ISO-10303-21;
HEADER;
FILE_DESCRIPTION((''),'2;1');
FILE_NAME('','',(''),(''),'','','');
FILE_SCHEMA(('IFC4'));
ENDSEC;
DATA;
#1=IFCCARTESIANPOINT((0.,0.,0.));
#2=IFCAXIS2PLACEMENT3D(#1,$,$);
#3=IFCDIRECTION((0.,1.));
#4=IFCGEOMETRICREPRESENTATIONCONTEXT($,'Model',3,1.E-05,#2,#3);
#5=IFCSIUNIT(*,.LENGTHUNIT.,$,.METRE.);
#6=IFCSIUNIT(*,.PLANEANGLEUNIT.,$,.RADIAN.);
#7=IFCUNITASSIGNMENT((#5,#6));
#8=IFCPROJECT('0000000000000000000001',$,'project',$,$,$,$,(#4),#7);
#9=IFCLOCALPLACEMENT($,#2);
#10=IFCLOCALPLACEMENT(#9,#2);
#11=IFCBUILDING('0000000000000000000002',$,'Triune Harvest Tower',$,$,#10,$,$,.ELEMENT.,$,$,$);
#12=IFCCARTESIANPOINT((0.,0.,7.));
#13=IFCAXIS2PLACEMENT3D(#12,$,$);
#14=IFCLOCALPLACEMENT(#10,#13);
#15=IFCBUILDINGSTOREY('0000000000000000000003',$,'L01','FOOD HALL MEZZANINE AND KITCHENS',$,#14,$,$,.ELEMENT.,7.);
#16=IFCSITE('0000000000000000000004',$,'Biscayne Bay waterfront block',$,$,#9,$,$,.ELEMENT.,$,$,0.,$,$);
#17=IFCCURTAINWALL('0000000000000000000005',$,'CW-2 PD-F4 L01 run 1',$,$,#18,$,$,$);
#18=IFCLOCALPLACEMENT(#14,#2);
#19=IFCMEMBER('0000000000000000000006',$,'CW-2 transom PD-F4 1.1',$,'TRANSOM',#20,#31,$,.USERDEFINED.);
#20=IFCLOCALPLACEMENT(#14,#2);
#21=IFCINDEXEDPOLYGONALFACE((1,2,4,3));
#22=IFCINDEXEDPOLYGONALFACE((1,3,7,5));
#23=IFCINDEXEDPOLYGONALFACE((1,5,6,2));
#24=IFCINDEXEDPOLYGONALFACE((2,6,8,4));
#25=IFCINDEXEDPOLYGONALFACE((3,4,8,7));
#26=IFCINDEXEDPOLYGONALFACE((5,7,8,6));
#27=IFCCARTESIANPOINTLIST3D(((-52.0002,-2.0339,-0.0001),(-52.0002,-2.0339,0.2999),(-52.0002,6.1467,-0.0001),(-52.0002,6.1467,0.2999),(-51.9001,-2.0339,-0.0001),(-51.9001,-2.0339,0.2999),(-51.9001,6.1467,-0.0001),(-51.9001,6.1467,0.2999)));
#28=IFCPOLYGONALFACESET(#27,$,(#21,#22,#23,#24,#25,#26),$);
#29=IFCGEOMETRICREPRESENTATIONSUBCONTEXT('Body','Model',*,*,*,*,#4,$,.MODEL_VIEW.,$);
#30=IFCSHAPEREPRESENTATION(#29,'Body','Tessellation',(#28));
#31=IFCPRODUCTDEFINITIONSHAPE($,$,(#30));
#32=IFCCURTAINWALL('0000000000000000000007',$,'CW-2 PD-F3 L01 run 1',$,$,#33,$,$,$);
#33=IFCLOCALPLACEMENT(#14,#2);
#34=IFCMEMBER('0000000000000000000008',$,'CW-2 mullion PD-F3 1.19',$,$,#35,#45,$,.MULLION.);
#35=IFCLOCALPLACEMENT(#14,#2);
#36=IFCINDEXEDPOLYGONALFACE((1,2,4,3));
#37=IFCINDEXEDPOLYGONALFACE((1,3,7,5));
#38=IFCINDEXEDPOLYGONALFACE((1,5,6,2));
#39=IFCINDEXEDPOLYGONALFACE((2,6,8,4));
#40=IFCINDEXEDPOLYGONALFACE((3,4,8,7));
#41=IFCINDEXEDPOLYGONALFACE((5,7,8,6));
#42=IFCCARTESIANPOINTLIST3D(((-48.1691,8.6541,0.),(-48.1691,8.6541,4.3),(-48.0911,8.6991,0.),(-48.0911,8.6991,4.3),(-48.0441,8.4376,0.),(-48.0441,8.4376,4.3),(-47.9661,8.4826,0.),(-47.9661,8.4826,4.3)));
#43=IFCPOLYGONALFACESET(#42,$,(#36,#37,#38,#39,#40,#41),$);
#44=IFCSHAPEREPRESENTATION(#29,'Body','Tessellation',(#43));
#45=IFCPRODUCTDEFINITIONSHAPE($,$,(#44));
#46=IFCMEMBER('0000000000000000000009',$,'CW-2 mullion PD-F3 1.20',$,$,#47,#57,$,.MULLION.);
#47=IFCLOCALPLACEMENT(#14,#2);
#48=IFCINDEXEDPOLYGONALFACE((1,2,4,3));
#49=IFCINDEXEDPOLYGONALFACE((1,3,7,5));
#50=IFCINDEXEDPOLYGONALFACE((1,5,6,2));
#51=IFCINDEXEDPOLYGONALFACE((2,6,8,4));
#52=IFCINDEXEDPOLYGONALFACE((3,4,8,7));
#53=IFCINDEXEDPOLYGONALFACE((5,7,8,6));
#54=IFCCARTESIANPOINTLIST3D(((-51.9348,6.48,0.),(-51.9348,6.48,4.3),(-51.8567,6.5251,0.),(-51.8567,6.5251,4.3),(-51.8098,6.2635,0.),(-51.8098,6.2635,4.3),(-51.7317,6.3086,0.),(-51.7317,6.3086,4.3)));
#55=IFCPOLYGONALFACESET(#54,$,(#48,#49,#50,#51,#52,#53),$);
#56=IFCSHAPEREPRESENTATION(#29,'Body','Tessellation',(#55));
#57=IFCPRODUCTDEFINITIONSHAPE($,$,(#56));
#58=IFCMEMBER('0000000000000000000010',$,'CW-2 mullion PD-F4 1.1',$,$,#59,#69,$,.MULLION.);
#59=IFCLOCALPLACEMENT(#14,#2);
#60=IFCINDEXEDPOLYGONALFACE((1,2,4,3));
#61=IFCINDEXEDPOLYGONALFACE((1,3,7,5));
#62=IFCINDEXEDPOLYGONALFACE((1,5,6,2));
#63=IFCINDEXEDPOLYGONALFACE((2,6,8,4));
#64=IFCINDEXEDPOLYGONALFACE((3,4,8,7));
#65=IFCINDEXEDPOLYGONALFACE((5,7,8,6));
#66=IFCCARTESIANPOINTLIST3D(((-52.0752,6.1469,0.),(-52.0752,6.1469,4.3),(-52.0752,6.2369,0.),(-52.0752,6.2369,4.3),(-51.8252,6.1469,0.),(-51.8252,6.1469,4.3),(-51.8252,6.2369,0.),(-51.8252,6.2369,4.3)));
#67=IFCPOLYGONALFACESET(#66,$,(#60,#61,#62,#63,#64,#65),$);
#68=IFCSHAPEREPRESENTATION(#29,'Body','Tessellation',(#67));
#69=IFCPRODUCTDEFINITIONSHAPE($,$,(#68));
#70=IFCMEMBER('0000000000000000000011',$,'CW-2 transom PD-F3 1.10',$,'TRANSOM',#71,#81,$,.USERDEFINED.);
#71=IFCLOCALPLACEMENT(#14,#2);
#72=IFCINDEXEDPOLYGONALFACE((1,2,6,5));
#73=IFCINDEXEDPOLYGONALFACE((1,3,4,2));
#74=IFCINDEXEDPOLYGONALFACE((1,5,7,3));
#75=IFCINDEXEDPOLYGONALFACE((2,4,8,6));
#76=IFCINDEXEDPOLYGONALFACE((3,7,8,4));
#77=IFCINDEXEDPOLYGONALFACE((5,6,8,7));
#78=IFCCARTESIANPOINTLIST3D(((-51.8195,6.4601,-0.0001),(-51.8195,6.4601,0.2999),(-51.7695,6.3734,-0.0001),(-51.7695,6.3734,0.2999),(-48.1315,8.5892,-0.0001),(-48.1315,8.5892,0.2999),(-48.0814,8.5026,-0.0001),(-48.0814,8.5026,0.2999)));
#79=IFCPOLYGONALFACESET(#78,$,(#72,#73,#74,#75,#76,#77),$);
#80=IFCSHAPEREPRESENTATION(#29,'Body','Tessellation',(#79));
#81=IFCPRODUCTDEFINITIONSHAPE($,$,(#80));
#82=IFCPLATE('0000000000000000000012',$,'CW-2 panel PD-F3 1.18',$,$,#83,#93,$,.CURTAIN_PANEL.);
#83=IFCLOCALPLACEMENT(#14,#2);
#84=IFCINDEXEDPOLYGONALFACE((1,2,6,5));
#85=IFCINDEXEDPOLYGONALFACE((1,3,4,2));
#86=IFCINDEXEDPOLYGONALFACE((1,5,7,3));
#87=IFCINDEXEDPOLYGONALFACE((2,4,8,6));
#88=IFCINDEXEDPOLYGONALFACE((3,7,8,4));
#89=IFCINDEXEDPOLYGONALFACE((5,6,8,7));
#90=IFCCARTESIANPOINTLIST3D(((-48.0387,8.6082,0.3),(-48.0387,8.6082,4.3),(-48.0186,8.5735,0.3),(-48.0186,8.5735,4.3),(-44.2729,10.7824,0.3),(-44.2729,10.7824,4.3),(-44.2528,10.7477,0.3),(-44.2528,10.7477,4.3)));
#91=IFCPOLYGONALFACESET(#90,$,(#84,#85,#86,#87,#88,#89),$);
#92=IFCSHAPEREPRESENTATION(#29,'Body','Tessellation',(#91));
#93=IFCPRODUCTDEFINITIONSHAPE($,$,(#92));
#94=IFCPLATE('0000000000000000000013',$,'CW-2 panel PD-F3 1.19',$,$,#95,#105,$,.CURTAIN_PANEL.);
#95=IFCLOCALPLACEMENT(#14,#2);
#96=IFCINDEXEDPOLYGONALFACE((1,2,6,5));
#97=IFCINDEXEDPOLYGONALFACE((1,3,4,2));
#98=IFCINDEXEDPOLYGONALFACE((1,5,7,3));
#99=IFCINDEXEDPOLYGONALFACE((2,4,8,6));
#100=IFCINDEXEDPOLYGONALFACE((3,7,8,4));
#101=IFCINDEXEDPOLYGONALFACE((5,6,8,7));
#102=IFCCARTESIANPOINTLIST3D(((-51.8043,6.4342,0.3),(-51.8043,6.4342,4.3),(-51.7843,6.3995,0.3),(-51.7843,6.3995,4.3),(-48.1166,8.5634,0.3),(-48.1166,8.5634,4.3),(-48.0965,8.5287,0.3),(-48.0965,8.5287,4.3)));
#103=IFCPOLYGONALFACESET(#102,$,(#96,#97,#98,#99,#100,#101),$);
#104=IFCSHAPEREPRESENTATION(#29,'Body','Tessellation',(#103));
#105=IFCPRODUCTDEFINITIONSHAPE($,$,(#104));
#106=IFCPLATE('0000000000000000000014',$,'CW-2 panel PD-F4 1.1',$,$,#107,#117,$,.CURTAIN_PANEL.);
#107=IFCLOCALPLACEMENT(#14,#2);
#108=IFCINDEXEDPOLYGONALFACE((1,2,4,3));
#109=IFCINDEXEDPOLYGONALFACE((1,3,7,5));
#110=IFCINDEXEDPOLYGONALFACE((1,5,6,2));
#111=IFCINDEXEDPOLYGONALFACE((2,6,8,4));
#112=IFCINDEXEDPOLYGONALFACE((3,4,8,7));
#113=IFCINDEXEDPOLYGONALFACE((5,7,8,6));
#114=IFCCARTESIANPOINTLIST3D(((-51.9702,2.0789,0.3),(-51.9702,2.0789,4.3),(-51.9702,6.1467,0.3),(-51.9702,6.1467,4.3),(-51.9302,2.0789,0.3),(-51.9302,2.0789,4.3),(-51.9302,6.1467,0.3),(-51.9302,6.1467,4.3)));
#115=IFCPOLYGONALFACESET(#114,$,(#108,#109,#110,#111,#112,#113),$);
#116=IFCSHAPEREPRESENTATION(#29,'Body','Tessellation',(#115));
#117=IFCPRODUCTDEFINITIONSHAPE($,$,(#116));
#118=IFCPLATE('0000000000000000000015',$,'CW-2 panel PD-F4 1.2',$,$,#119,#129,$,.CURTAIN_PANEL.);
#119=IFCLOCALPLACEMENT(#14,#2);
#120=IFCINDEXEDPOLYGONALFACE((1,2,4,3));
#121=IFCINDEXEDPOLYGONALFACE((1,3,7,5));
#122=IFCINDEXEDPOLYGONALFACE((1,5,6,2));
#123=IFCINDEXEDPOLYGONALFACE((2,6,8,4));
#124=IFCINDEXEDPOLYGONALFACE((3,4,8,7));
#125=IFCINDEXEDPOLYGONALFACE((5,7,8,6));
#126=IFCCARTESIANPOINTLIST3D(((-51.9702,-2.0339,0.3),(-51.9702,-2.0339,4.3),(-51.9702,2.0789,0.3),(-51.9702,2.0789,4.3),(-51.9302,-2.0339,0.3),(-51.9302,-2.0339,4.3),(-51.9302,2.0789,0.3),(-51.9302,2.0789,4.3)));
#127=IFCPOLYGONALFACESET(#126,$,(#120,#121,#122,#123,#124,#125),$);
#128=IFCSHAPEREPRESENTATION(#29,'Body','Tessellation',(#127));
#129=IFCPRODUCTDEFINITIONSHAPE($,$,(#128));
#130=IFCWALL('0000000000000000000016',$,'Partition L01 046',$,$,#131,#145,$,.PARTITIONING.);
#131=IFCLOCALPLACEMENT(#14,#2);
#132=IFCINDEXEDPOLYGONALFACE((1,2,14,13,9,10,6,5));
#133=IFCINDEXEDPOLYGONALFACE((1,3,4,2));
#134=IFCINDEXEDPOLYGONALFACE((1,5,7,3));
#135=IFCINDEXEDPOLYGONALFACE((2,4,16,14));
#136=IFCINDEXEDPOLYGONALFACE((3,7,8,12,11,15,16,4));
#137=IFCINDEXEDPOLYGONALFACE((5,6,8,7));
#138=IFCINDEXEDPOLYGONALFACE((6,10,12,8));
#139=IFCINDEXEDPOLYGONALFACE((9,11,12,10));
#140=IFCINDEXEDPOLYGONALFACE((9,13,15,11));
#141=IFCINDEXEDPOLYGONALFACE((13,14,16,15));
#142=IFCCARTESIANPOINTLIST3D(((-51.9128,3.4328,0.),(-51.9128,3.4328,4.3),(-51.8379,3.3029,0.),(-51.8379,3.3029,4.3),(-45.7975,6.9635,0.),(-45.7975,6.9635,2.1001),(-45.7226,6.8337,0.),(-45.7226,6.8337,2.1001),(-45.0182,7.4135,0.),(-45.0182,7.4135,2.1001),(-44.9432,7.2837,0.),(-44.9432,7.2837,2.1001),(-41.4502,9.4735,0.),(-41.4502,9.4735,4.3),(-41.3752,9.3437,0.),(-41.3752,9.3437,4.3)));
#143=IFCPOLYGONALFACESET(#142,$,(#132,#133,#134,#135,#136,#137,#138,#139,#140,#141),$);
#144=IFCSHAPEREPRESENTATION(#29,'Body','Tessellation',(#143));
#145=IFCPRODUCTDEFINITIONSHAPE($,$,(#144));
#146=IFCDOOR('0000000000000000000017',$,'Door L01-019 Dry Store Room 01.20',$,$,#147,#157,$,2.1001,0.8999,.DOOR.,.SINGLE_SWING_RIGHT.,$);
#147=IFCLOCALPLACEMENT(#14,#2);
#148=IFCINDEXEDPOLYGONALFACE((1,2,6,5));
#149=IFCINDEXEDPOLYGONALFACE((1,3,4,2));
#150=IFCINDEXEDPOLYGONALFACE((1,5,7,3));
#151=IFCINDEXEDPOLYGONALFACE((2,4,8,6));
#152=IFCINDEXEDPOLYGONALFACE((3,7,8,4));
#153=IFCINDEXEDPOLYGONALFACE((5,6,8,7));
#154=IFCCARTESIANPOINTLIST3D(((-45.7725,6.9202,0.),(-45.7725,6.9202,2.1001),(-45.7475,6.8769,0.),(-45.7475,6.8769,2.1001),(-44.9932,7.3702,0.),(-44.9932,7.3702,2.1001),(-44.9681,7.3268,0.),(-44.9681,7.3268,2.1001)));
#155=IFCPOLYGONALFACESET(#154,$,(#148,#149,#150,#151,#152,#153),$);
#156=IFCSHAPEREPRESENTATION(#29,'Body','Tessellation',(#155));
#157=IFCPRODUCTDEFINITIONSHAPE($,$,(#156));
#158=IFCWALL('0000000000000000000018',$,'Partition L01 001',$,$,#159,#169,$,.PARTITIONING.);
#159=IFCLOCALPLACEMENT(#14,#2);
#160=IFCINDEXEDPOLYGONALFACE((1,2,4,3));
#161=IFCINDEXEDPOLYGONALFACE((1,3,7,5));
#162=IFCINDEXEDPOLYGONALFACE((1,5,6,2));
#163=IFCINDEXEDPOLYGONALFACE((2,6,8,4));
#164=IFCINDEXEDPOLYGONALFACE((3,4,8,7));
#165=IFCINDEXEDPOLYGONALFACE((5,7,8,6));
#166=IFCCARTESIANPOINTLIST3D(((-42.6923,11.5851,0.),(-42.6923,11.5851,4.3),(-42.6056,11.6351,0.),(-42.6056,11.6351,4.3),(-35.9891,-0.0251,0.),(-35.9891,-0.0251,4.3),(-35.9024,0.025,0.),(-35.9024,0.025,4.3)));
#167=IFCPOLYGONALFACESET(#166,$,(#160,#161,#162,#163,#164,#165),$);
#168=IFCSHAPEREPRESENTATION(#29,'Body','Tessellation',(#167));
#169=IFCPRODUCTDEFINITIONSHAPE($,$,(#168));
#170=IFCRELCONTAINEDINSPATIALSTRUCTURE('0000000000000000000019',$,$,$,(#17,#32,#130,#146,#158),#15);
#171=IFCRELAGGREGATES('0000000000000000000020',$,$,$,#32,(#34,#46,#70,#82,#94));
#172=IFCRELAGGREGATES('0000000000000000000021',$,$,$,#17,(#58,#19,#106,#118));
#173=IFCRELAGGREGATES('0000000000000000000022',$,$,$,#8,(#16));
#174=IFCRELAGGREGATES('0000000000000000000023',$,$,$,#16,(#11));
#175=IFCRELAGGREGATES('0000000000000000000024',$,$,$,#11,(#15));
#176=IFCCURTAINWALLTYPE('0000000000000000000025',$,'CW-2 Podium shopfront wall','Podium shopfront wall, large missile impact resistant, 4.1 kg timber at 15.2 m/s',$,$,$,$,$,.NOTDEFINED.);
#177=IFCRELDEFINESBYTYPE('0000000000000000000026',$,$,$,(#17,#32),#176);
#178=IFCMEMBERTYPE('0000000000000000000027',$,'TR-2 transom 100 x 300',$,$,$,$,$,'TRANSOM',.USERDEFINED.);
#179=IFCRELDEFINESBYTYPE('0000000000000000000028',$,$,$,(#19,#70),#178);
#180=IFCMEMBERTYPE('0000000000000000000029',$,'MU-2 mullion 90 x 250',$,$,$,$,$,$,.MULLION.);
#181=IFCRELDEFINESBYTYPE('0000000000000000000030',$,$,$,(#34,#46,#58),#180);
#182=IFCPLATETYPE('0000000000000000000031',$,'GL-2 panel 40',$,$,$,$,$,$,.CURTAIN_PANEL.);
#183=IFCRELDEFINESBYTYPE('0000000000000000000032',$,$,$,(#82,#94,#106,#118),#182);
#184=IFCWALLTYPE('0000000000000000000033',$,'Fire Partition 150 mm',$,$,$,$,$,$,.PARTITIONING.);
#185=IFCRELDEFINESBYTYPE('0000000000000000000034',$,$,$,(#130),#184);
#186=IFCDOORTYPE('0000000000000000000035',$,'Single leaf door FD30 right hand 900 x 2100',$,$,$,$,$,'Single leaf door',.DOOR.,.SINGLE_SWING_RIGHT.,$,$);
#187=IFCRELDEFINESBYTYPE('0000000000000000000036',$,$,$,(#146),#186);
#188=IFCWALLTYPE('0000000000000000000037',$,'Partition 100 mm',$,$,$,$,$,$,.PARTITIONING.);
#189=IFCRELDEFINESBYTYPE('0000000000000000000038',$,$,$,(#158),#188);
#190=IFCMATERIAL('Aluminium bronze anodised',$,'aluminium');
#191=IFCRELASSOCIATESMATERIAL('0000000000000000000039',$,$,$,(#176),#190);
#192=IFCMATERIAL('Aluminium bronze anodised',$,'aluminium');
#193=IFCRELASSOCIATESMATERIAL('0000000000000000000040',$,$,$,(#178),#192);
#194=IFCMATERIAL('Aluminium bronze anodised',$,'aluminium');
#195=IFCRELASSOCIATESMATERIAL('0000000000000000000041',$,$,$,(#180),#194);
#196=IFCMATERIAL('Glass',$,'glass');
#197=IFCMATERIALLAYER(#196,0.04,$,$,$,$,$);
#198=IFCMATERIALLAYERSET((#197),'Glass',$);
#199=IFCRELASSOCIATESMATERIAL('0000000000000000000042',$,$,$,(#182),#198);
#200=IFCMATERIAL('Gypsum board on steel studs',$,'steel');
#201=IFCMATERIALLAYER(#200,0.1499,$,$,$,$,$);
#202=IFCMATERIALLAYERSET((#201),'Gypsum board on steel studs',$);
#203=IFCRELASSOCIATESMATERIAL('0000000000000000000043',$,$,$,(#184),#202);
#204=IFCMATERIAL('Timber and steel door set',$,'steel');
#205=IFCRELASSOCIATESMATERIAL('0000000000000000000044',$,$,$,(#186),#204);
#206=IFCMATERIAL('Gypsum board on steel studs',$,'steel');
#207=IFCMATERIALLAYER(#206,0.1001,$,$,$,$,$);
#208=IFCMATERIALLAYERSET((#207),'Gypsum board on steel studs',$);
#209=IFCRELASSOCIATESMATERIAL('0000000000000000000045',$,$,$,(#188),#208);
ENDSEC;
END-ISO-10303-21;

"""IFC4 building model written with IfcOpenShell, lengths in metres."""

from ifc_helpers import new_model, si_unit, direction, frame, frame_2d, origin, origin_2d, place, context, subcontext, project, spatial, rectangle, extrude, source, transform, mapped, material, layer, layer_set, material_profile, profile_set, type_object, element, fill, aggregate, save


model = new_model("IFC4")

# Units and contexts
model_context = context("Model", 3, precision=1e-05, world=origin(), true_north=direction((0.0, 1.0)))
body_context = subcontext(model_context, "Body", "Model", "MODEL_VIEW")
ifc_project = project(units=[si_unit("LENGTHUNIT", "METRE"), si_unit("PLANEANGLEUNIT", "RADIAN")], contexts=[model_context])

# Site, building, storey
site_placement = place(None, origin())
site = spatial("IfcSite", under=ifc_project, at=site_placement, Name="Biscayne Bay waterfront block", CompositionType="ELEMENT", RefElevation=0.0)
building_placement = place(site_placement, origin())
building = spatial("IfcBuilding", under=site, at=building_placement, Name="Triune Harvest Tower", CompositionType="ELEMENT")
storey_placement = place(building_placement, frame((0.0, 0.0, 7.0)))
storey = spatial("IfcBuildingStorey", under=building, at=storey_placement, Name="L01", Description="FOOD HALL MEZZANINE AND KITCHENS", CompositionType="ELEMENT", Elevation=7.0)

# Curtain wall, member
ifc_material_1 = material(Name="Aluminium bronze anodised", Category="aluminium")
curtain_wall_type = type_object("IfcCurtainWallType", Name="CW-2 Podium shopfront wall", Description="Podium shopfront wall, large missile impact resistant, 4.1 kg timber at 15.2 m/s", PredefinedType="NOTDEFINED", material=ifc_material_1)
curtain_wall_1_placement = place(storey_placement, origin())
curtain_wall_1 = element("IfcCurtainWall", 1, at=curtain_wall_1_placement, inside=storey, type_object=curtain_wall_type, Name="CW-2 PD-F4 L01 run 1")
ifc_material_2 = material(Name="Aluminium bronze anodised", Category="aluminium")
ifc_material_profile_1 = material_profile(ifc_material_2, rectangle(XDim=0.1001, YDim=0.3, at=origin_2d()), Name="TR-2 transom 100 x 300")
ifc_profile_set_1 = profile_set([ifc_material_profile_1], Name="Aluminium bronze anodised")
member_type_1 = type_object("IfcMemberType", Name="TR-2 transom 100 x 300", ElementType="TRANSOM", PredefinedType="USERDEFINED", material=ifc_profile_set_1)
shared_shape_1 = source(origin(), body_context, "Body", "SweptSolid", [
    extrude(rectangle(XDim=0.1001, YDim=0.3, at=origin_2d()), origin(), (0.0, 0.0, 1.0), 8.1807),
])
member_1_placement = place(storey_placement, frame((-51.9502, 6.1467, 0.1499), z_axis=(0.0, -1.0, 0.0), x_axis=(1.0, 0.0, 0.0)))
member_1 = element("IfcMember", 2, at=member_1_placement, type_object=member_type_1, Name="CW-2 transom PD-F4 1.1", ObjectType="TRANSOM", PredefinedType="USERDEFINED", context=body_context, shape_type="MappedRepresentation", body=[
    mapped(shared_shape_1, transform((0.0, 0.0, 0.0), scale=1.0)),
])

# Curtain wall, members
curtain_wall_2_placement = place(storey_placement, origin())
curtain_wall_2 = element("IfcCurtainWall", 3, at=curtain_wall_2_placement, inside=storey, type_object=curtain_wall_type, Name="CW-2 PD-F3 L01 run 1")
ifc_material_3 = material(Name="Aluminium bronze anodised", Category="aluminium")
ifc_material_profile_2 = material_profile(ifc_material_3, rectangle(XDim=0.25, YDim=0.0901, at=origin_2d()), Name="MU-2 mullion 90 x 250")
ifc_profile_set_2 = profile_set([ifc_material_profile_2], Name="Aluminium bronze anodised")
member_type_2 = type_object("IfcMemberType", Name="MU-2 mullion 90 x 250", PredefinedType="MULLION", material=ifc_profile_set_2)
shared_shape_2 = source(origin(), body_context, "Body", "SweptSolid", [
    extrude(rectangle(XDim=0.25, YDim=0.0901, at=origin_2d()), origin(), (0.0, 0.0, 1.0), 4.3),
])
member_2_placement = place(storey_placement, frame((-48.0676, 8.5684, 0.0), z_axis=(0.0, 0.0, 1.0), x_axis=(0.5, -0.866025, 0.0)))
member_2 = element("IfcMember", 4, at=member_2_placement, type_object=member_type_2, Name="CW-2 mullion PD-F3 1.19", PredefinedType="MULLION", context=body_context, shape_type="MappedRepresentation", body=[
    mapped(shared_shape_2, transform((0.0, 0.0, 0.0), scale=1.0)),
])
member_3_placement = place(storey_placement, frame((-51.8333, 6.3943, 0.0), z_axis=(0.0, 0.0, 1.0), x_axis=(0.5, -0.866025, 0.0)))
member_3 = element("IfcMember", 5, at=member_3_placement, type_object=member_type_2, Name="CW-2 mullion PD-F3 1.20", PredefinedType="MULLION", context=body_context, shape_type="MappedRepresentation", body=[
    mapped(shared_shape_2, transform((0.0, 0.0, 0.0), scale=1.0)),
])

# Members
member_4_placement = place(storey_placement, frame((-51.9502, 6.1919, 0.0), z_axis=(0.0, 0.0, 1.0), x_axis=(1.0, 0.0, 0.0)))
member_4 = element("IfcMember", 6, at=member_4_placement, type_object=member_type_2, Name="CW-2 mullion PD-F4 1.1", PredefinedType="MULLION", context=body_context, shape_type="MappedRepresentation", body=[
    mapped(shared_shape_2, transform((0.0, 0.0, 0.0), scale=1.0)),
])
shared_shape_3 = source(origin(), body_context, "Body", "SweptSolid", [
    extrude(rectangle(XDim=0.1001, YDim=0.3, at=origin_2d()), origin(), (0.0, 0.0, 1.0), 4.2585),
])
member_5_placement = place(storey_placement, frame((-48.1064, 8.5459, 0.1499), z_axis=(-0.866037, -0.499981, 0.0), x_axis=(0.499981, -0.866037, 0.0)))
member_5 = element("IfcMember", 7, at=member_5_placement, type_object=member_type_1, Name="CW-2 transom PD-F3 1.10", ObjectType="TRANSOM", PredefinedType="USERDEFINED", context=body_context, shape_type="MappedRepresentation", body=[
    mapped(shared_shape_3, transform((0.0, 0.0, 0.0), scale=1.0)),
])

# Plates
ifc_material_4 = material(Name="Glass", Category="glass")
ifc_layer_1 = layer(ifc_material_4, 0.04)
ifc_layer_set_1 = layer_set([ifc_layer_1], Name="Glass")
plate_type = type_object("IfcPlateType", Name="GL-2 panel 40", PredefinedType="CURTAIN_PANEL", material=ifc_layer_set_1)
shared_shape_4 = source(origin(), body_context, "Body", "SweptSolid", [
    extrude(rectangle(XDim=4.3484, YDim=0.04, at=origin_2d()), origin(), (0.0, 0.0, 1.0), 4.0),
])
plate_1_placement = place(storey_placement, frame((-46.1458, 9.678, 0.3), z_axis=(0.0, 0.0, 1.0), x_axis=(-0.866025, -0.5, 0.0)))
plate_1 = element("IfcPlate", 8, at=plate_1_placement, type_object=plate_type, Name="CW-2 panel PD-F3 1.18", PredefinedType="CURTAIN_PANEL", context=body_context, shape_type="MappedRepresentation", body=[
    mapped(shared_shape_4, transform((0.0, 0.0, 0.0), scale=1.0)),
])
shared_shape_5 = source(origin(), body_context, "Body", "SweptSolid", [
    extrude(rectangle(XDim=4.2583, YDim=0.04, at=origin_2d()), origin(), (0.0, 0.0, 1.0), 4.0),
])
plate_2_placement = place(storey_placement, frame((-49.9504, 7.4814, 0.3), z_axis=(0.0, 0.0, 1.0), x_axis=(-0.866025, -0.5, 0.0)))
plate_2 = element("IfcPlate", 9, at=plate_2_placement, type_object=plate_type, Name="CW-2 panel PD-F3 1.19", PredefinedType="CURTAIN_PANEL", context=body_context, shape_type="MappedRepresentation", body=[
    mapped(shared_shape_5, transform((0.0, 0.0, 0.0), scale=1.0)),
])
aggregate(curtain_wall_2, [member_2, member_3, member_5, plate_1, plate_2])
shared_shape_6 = source(origin(), body_context, "Body", "SweptSolid", [
    extrude(rectangle(XDim=4.0679, YDim=0.04, at=origin_2d()), origin(), (0.0, 0.0, 1.0), 4.0),
])
plate_3_placement = place(storey_placement, frame((-51.9502, 4.1128, 0.3), z_axis=(0.0, 0.0, 1.0), x_axis=(0.0, -1.0, 0.0)))
plate_3 = element("IfcPlate", 10, at=plate_3_placement, type_object=plate_type, Name="CW-2 panel PD-F4 1.1", PredefinedType="CURTAIN_PANEL", context=body_context, shape_type="MappedRepresentation", body=[
    mapped(shared_shape_6, transform((0.0, 0.0, 0.0), scale=1.0)),
])
shared_shape_7 = source(origin(), body_context, "Body", "SweptSolid", [
    extrude(rectangle(XDim=4.1128, YDim=0.04, at=origin_2d()), origin(), (0.0, 0.0, 1.0), 4.0),
])
plate_4_placement = place(storey_placement, frame((-51.9502, 0.0225, 0.3), z_axis=(0.0, 0.0, 1.0), x_axis=(0.0, -1.0, 0.0)))
plate_4 = element("IfcPlate", 11, at=plate_4_placement, type_object=plate_type, Name="CW-2 panel PD-F4 1.2", PredefinedType="CURTAIN_PANEL", context=body_context, shape_type="MappedRepresentation", body=[
    mapped(shared_shape_7, transform((0.0, 0.0, 0.0), scale=1.0)),
])
aggregate(curtain_wall_1, [member_4, member_1, plate_3, plate_4])

# Wall, opening, door
ifc_material_5 = material(Name="Gypsum board on steel studs", Category="steel")
ifc_layer_2 = layer(ifc_material_5, 0.1499)
ifc_layer_set_2 = layer_set([ifc_layer_2], Name="Gypsum board on steel studs")
wall_type_1 = type_object("IfcWallType", Name="Fire Partition 150 mm", PredefinedType="PARTITIONING", material=ifc_layer_set_2)
wall_1_placement = place(storey_placement, frame((-51.8752, 3.3679, 0.0), z_axis=(0.0, 0.0, 1.0), x_axis=(0.86602, 0.50001, 0.0)))
wall_1 = element("IfcWall", 12, at=wall_1_placement, inside=storey, type_object=wall_type_1, Name="Partition L01 046", PredefinedType="PARTITIONING", context=body_context, shape_type="SweptSolid", body=[
    extrude(rectangle(XDim=12.0813, YDim=0.1499, at=frame_2d((6.0405, 0.0))), origin(), (0.0, 0.0, 1.0), 4.3),
])
opening_placement = place(wall_1_placement, frame((7.0613, 0.0, 0.0)))
opening = element("IfcOpeningElement", 13, at=opening_placement, cuts=wall_1, PredefinedType="OPENING", context=body_context, shape_type="SweptSolid", body=[
    extrude(rectangle(XDim=0.8999, YDim=2.1001, at=frame_2d((0.45, 1.05))), frame((0.0, 0.085, 0.0), z_axis=(0.0, -1.0, 0.0), x_axis=(1.0, 0.0, 0.0)), (0.0, 0.0, 1.0), 0.1699),
])
ifc_material_6 = material(Name="Timber and steel door set", Category="steel")
door_type = type_object("IfcDoorType", Name="Single leaf door FD30 right hand 900 x 2100", ElementType="Single leaf door", OperationType="SINGLE_SWING_RIGHT", PredefinedType="DOOR", material=ifc_material_6)
door_placement = place(opening_placement, origin())
door = element("IfcDoor", 14, at=door_placement, inside=storey, type_object=door_type, Name="Door L01-019 Dry Store Room 01.20", OperationType="SINGLE_SWING_RIGHT", OverallHeight=2.1001, OverallWidth=0.8999, PredefinedType="DOOR", context=body_context, shape_type="SweptSolid", body=[
    extrude(rectangle(XDim=0.8999, YDim=2.1001, at=frame_2d((0.45, 1.05))), frame((0.0, 0.0249, 0.0), z_axis=(0.0, -1.0, 0.0), x_axis=(1.0, 0.0, 0.0)), (0.0, 0.0, 1.0), 0.05),
])
fill(opening, door)

# Wall
ifc_material_7 = material(Name="Gypsum board on steel studs", Category="steel")
ifc_layer_3 = layer(ifc_material_7, 0.1001)
ifc_layer_set_3 = layer_set([ifc_layer_3], Name="Gypsum board on steel studs")
wall_type_2 = type_object("IfcWallType", Name="Partition 100 mm", PredefinedType="PARTITIONING", material=ifc_layer_set_3)
wall_2_placement = place(storey_placement, frame((-42.6489, 11.6101, 0.0), z_axis=(0.0, 0.0, 1.0), x_axis=(0.500001, -0.866025, 0.0)))
element("IfcWall", 15, at=wall_2_placement, inside=storey, type_object=wall_type_2, Name="Partition L01 001", PredefinedType="PARTITIONING", context=body_context, shape_type="SweptSolid", body=[
    extrude(rectangle(XDim=13.4062, YDim=0.1001, at=frame_2d((6.7031, 0.0))), origin(), (0.0, 0.0, 1.0), 4.3),
])

save(model, "model.ifc")
